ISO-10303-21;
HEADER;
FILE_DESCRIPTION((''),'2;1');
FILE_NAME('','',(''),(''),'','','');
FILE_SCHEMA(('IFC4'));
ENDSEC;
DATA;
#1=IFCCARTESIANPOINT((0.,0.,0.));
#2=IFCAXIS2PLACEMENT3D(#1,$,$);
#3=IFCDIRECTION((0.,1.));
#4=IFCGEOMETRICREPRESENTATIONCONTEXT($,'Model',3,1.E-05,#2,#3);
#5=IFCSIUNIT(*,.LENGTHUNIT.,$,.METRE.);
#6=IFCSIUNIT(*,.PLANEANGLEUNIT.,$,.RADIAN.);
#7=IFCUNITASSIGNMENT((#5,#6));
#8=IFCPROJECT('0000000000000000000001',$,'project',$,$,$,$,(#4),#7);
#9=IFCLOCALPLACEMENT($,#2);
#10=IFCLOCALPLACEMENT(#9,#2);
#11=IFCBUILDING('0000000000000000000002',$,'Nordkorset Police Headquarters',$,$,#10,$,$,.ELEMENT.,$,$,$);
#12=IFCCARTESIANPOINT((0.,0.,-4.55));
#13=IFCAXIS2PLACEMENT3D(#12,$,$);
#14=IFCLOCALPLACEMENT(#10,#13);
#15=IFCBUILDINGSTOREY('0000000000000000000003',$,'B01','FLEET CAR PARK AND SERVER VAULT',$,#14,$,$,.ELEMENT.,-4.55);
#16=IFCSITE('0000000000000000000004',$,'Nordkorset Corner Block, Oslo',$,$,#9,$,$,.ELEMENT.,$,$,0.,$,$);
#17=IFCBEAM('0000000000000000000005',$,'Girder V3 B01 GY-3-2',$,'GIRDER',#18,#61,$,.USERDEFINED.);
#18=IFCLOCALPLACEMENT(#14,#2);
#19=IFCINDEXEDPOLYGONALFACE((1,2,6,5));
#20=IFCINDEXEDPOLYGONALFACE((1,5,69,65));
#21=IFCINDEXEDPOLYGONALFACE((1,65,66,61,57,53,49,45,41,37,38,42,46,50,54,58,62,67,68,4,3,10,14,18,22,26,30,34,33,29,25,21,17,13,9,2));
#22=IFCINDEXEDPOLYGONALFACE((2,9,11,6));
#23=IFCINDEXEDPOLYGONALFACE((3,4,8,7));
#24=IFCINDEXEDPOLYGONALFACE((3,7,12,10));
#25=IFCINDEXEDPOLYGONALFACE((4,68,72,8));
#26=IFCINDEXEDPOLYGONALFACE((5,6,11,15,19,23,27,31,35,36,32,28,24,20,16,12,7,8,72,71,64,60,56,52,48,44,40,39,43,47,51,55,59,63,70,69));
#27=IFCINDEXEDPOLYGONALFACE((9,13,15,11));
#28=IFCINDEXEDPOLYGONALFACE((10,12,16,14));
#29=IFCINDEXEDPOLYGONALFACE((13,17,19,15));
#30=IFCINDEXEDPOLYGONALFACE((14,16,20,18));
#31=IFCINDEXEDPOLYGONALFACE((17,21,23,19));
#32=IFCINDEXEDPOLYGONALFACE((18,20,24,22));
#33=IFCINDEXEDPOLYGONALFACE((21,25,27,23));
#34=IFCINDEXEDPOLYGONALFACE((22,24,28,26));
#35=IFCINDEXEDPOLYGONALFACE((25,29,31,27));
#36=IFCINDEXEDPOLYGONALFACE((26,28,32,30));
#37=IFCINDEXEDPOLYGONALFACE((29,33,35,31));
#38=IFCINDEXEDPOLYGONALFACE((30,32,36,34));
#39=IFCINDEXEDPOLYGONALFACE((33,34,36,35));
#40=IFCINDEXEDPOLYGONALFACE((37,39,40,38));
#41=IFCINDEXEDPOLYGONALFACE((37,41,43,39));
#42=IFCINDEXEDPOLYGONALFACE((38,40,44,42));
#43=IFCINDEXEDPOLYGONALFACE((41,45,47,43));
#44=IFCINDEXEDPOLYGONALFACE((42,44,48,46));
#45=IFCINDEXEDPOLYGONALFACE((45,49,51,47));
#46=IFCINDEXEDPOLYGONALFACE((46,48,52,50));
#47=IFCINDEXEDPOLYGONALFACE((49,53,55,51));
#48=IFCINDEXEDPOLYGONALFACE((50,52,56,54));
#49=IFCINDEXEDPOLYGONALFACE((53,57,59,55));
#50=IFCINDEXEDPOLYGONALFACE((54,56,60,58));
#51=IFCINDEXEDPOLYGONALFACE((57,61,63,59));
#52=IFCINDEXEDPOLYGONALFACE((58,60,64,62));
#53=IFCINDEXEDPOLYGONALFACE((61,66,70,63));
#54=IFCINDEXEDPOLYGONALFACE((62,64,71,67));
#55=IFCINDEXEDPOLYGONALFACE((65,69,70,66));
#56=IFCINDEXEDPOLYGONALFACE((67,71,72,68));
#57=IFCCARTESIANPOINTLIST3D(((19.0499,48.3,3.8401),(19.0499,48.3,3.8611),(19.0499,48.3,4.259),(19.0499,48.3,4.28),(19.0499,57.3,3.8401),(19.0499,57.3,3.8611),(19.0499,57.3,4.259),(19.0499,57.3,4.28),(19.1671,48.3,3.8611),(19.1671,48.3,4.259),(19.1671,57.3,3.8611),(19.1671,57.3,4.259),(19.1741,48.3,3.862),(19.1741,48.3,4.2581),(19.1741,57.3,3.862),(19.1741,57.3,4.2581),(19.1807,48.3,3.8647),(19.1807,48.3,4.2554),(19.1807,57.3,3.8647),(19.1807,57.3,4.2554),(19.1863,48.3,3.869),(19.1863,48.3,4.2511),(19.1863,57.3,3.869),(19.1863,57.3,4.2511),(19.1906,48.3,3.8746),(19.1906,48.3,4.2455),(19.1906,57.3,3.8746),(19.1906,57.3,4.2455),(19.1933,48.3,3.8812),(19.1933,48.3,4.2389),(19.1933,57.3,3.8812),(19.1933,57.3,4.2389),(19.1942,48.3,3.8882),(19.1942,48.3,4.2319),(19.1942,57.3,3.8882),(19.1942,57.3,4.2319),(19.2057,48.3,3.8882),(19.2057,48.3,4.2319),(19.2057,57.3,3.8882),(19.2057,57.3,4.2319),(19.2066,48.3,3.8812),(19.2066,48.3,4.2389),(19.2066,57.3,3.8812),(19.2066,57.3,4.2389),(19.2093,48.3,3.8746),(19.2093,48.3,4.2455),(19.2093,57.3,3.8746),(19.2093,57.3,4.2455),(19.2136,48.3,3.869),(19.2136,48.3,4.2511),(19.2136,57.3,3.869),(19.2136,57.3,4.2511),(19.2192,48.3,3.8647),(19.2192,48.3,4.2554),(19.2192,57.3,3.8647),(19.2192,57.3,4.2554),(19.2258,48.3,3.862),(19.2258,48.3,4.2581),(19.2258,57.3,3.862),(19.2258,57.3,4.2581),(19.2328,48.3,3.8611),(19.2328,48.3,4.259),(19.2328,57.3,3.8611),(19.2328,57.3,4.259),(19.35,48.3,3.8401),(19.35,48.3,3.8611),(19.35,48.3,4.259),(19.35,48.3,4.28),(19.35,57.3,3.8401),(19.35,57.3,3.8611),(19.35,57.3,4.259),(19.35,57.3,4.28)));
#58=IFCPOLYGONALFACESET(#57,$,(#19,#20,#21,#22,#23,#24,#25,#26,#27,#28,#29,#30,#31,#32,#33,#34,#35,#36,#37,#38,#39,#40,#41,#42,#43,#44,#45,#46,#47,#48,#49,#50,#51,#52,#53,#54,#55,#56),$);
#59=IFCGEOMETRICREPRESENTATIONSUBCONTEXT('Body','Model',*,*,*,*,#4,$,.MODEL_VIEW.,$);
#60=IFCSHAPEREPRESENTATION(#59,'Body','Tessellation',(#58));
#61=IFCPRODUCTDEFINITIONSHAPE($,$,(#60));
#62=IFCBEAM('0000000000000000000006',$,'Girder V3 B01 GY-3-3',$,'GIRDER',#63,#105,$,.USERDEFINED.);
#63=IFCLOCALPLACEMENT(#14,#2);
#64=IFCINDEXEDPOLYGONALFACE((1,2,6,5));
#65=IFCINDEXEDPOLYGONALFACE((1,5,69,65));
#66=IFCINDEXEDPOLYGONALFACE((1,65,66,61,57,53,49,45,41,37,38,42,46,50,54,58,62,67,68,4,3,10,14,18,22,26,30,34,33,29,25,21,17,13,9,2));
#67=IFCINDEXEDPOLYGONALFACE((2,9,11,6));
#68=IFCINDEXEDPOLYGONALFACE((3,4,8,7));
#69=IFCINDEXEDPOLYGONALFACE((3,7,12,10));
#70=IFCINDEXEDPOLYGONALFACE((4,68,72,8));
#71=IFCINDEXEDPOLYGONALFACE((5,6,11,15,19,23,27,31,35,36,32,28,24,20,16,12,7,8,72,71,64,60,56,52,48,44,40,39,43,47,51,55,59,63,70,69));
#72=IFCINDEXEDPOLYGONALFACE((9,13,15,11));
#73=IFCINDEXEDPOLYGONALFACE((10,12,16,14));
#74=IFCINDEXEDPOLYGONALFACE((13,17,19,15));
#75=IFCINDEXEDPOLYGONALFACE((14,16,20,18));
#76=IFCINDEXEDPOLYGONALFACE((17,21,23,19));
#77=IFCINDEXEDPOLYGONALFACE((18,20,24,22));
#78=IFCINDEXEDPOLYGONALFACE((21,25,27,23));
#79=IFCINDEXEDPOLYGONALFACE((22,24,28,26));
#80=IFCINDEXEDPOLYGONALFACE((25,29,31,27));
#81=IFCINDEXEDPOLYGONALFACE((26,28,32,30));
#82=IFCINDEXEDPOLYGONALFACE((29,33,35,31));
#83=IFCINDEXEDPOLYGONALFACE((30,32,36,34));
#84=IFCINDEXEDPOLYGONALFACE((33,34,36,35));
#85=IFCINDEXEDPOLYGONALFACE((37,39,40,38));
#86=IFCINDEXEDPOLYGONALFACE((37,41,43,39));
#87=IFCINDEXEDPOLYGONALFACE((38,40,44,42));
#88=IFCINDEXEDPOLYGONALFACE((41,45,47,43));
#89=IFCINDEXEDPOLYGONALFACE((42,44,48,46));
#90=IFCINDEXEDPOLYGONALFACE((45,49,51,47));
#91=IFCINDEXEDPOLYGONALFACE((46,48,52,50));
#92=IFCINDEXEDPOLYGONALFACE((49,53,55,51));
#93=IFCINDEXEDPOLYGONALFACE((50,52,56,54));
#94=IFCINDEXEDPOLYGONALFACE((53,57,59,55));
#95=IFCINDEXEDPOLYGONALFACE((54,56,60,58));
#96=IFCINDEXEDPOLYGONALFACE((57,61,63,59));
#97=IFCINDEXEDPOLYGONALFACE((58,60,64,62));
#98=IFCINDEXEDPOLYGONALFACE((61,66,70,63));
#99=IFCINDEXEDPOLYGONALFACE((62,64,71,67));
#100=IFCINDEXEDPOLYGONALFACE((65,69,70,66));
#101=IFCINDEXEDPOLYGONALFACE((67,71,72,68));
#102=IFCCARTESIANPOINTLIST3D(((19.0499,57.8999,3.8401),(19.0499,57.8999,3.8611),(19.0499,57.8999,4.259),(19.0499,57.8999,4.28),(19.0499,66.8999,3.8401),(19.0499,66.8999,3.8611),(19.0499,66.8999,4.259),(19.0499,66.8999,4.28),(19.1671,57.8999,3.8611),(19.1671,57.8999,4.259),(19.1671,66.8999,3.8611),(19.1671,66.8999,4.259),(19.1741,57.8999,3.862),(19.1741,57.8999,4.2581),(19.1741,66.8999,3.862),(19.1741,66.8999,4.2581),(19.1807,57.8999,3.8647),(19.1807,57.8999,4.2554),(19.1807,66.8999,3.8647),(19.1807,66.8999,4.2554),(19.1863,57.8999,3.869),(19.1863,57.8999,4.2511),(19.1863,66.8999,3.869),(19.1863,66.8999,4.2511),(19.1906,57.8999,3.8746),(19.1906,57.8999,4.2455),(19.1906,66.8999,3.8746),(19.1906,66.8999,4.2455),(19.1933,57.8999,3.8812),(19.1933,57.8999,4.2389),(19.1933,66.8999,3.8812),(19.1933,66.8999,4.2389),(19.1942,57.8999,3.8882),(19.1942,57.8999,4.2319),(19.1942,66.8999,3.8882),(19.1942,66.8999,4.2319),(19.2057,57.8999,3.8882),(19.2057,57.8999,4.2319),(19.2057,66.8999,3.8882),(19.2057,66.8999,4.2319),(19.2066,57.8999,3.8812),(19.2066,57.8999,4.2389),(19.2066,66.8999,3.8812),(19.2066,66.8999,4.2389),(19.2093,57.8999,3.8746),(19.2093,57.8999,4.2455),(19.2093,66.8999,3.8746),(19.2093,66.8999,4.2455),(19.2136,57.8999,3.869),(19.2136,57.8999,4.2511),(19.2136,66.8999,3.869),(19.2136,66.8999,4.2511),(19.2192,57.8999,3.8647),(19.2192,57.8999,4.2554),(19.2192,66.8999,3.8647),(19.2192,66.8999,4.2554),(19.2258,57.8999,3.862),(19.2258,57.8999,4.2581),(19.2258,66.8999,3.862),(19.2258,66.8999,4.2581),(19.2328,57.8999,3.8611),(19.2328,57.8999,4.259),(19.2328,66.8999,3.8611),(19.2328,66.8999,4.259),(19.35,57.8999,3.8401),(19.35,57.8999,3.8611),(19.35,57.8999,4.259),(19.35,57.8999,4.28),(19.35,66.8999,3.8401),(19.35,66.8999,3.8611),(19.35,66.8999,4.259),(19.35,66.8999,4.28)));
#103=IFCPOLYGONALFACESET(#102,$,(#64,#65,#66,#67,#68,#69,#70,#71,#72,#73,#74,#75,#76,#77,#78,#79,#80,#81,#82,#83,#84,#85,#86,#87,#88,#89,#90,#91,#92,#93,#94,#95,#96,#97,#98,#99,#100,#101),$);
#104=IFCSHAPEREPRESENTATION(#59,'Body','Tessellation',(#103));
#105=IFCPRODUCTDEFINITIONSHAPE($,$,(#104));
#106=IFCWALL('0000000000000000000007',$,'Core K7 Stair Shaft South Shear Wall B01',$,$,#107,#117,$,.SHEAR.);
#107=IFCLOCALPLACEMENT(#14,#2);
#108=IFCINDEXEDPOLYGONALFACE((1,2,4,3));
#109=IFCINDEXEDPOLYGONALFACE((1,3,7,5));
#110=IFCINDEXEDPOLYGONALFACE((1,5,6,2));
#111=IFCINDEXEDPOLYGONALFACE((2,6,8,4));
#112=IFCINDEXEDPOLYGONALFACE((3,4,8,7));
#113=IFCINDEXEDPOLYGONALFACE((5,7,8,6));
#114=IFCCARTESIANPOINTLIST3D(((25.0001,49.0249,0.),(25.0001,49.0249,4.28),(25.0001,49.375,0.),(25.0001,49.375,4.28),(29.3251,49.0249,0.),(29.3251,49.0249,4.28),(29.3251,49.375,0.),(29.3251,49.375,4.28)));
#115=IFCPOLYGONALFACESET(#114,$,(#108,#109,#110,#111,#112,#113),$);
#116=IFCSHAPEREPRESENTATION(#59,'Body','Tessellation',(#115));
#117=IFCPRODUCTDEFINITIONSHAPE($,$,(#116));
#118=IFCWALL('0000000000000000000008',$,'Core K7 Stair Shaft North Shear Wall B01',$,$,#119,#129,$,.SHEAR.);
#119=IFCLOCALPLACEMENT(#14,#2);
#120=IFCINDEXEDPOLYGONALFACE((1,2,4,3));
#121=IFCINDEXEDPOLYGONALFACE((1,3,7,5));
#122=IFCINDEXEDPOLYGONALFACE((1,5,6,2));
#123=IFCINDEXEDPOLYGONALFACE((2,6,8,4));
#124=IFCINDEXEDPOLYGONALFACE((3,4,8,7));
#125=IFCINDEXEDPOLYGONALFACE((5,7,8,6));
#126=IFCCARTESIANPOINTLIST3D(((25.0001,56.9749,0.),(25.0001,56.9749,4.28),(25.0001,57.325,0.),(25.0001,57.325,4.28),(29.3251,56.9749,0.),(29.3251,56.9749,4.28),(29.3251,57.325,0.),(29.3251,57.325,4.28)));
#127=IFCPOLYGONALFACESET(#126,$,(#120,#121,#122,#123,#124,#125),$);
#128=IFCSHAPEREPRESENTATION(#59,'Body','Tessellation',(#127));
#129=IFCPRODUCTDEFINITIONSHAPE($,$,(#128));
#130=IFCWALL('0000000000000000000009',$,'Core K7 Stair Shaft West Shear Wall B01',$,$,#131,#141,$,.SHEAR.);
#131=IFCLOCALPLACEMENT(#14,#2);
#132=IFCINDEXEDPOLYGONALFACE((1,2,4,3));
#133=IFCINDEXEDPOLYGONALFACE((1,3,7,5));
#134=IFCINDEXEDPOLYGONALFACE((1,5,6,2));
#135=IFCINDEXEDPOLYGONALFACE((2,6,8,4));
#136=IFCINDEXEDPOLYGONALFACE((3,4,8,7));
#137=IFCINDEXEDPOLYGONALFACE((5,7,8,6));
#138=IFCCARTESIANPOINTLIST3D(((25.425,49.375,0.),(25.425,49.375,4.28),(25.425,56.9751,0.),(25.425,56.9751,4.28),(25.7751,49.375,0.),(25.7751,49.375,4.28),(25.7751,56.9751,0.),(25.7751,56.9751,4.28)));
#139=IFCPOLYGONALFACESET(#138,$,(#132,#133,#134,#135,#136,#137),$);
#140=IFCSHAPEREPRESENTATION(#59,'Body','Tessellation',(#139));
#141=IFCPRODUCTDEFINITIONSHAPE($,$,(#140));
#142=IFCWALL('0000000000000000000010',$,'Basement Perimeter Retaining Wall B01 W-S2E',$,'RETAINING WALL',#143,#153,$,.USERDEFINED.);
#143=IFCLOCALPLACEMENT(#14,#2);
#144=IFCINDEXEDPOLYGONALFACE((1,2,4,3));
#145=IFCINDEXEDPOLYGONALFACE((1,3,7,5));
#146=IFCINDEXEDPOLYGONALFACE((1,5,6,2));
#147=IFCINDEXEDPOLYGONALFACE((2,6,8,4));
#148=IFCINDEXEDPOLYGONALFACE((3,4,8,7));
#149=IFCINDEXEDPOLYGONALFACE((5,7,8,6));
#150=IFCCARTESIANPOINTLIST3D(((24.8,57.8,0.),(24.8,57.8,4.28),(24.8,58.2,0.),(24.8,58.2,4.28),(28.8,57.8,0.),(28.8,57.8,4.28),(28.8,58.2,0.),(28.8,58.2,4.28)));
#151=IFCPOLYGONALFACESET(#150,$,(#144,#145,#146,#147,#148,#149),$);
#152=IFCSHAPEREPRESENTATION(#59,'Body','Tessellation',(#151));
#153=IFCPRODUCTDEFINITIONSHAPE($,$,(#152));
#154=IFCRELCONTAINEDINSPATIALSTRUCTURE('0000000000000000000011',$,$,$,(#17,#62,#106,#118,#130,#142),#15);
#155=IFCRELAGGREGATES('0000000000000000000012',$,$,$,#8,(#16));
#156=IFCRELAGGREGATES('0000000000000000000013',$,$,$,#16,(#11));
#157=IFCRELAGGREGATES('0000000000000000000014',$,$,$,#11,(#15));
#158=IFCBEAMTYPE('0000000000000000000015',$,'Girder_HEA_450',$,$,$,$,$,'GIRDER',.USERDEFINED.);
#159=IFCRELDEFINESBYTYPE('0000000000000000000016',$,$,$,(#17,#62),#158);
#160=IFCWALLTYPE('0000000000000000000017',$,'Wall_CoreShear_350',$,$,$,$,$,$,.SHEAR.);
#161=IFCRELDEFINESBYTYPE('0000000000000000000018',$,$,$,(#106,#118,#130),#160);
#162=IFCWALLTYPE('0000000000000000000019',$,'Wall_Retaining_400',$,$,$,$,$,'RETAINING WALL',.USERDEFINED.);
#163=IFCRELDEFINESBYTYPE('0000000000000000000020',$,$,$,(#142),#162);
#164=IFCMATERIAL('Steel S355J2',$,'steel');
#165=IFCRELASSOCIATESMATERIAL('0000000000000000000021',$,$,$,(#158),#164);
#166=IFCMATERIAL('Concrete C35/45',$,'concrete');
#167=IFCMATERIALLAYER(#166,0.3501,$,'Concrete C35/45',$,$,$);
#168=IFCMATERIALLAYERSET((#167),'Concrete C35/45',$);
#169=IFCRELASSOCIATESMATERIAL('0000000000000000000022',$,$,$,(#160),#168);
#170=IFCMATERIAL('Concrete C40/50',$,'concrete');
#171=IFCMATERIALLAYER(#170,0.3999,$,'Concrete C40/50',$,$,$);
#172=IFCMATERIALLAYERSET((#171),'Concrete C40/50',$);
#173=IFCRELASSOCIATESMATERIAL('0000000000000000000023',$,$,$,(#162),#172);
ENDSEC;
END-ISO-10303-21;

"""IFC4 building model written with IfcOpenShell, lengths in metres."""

from ifc_helpers import new_model, si_unit, direction, frame, frame_2d, origin, origin_2d, place, context, subcontext, project, spatial, rectangle, i_section, extrude, material, layer, layer_set, material_profile, profile_set, type_object, element, save


model = new_model("IFC4")

# Units and contexts
model_context = context("Model", 3, precision=1e-05, world=origin(), true_north=direction((0.0, 1.0)))
body_context = subcontext(model_context, "Body", "Model", "MODEL_VIEW")
ifc_project = project(units=[si_unit("LENGTHUNIT", "METRE"), si_unit("PLANEANGLEUNIT", "RADIAN")], contexts=[model_context])

# Site, building, storey
site_placement = place(None, origin())
site = spatial("IfcSite", under=ifc_project, at=site_placement, Name="Nordkorset Corner Block, Oslo", CompositionType="ELEMENT", RefElevation=0.0)
building_placement = place(site_placement, origin())
building = spatial("IfcBuilding", under=site, at=building_placement, Name="Nordkorset Police Headquarters", CompositionType="ELEMENT")
storey_placement = place(building_placement, frame((0.0, 0.0, -4.55)))
storey = spatial("IfcBuildingStorey", under=building, at=storey_placement, Name="B01", Description="FLEET CAR PARK AND SERVER VAULT", CompositionType="ELEMENT", Elevation=-4.55)

# Beams
ifc_material_1 = material(Name="Steel S355J2", Category="steel")
ifc_material_profile_1 = material_profile(ifc_material_1, i_section(OverallWidth=0.3, OverallDepth=0.4399, WebThickness=0.0115, FlangeThickness=0.021, FilletRadius=0.0271, at=origin_2d()), Name="HEA 450")
ifc_profile_set_1 = profile_set([ifc_material_profile_1], Name="Steel S355J2")
beam_type_1 = type_object("IfcBeamType", Name="Girder_HEA_450", ElementType="GIRDER", PredefinedType="USERDEFINED", material=ifc_profile_set_1)
for number, where, z_axis, x_axis, name in (
    (1, (19.2, 48.3, 4.0601), (0.0, 1.0, 0.0), (-1.0, 0.0, 0.0), "Girder V3 B01 GY-3-2"),
    (2, (19.2, 57.8999, 4.0601), (0.0, 1.0, 0.0), (-1.0, 0.0, 0.0), "Girder V3 B01 GY-3-3"),
):
    element("IfcBeam", number, at=place(storey_placement, frame(where, z_axis=z_axis, x_axis=x_axis)), inside=storey, type_object=beam_type_1, Name=name, ObjectType="GIRDER", PredefinedType="USERDEFINED", context=body_context, shape_type="SweptSolid", body=[
        extrude(i_section(OverallWidth=0.3, OverallDepth=0.4399, WebThickness=0.0115, FlangeThickness=0.021, FilletRadius=0.0271, at=origin_2d()), origin(), (0.0, 0.0, 1.0), 9.0),
    ])

# Walls
ifc_material_2 = material(Name="Concrete C35/45", Category="concrete")
ifc_layer_1 = layer(ifc_material_2, 0.3501, Name="Concrete C35/45")
ifc_layer_set_1 = layer_set([ifc_layer_1], Name="Concrete C35/45")
wall_type_1 = type_object("IfcWallType", Name="Wall_CoreShear_350", PredefinedType="SHEAR", material=ifc_layer_set_1)
for number, where, z_axis, x_axis, name in (
    (3, (25.0, 49.2, 0.0), (0.0, 0.0, 1.0), (1.0, 0.0, 0.0), "Core K7 Stair Shaft South Shear Wall B01"),
    (4, (25.0, 57.1499, 0.0), (0.0, 0.0, 1.0), (1.0, 0.0, 0.0), "Core K7 Stair Shaft North Shear Wall B01"),
):
    element("IfcWall", number, at=place(storey_placement, frame(where, z_axis=z_axis, x_axis=x_axis)), inside=storey, type_object=wall_type_1, Name=name, PredefinedType="SHEAR", context=body_context, shape_type="SweptSolid", body=[
        extrude(rectangle(XDim=4.325, YDim=0.3501, at=frame_2d((2.1626, 0.0))), origin(), (0.0, 0.0, 1.0), 4.28),
    ])
wall_1_placement = place(storey_placement, frame((25.6001, 49.375, 0.0), z_axis=(0.0, 0.0, 1.0), x_axis=(0.0, 1.0, 0.0)))
element("IfcWall", 5, at=wall_1_placement, inside=storey, type_object=wall_type_1, Name="Core K7 Stair Shaft West Shear Wall B01", PredefinedType="SHEAR", context=body_context, shape_type="SweptSolid", body=[
    extrude(rectangle(XDim=7.6001, YDim=0.3501, at=frame_2d((3.8, 0.0))), origin(), (0.0, 0.0, 1.0), 4.28),
])
ifc_material_3 = material(Name="Concrete C40/50", Category="concrete")
ifc_layer_2 = layer(ifc_material_3, 0.3999, Name="Concrete C40/50")
ifc_layer_set_2 = layer_set([ifc_layer_2], Name="Concrete C40/50")
wall_type_2 = type_object("IfcWallType", Name="Wall_Retaining_400", ElementType="RETAINING WALL", PredefinedType="USERDEFINED", material=ifc_layer_set_2)
wall_2_placement = place(storey_placement, frame((24.8, 58.0, 0.0), z_axis=(0.0, 0.0, 1.0), x_axis=(1.0, 0.0, 0.0)))
element("IfcWall", 6, at=wall_2_placement, inside=storey, type_object=wall_type_2, Name="Basement Perimeter Retaining Wall B01 W-S2E", ObjectType="RETAINING WALL", PredefinedType="USERDEFINED", context=body_context, shape_type="SweptSolid", body=[
    extrude(rectangle(XDim=4.0, YDim=0.3999, at=frame_2d((2.0, 0.0))), origin(), (0.0, 0.0, 1.0), 4.28),
])

save(model, "model.ifc")
